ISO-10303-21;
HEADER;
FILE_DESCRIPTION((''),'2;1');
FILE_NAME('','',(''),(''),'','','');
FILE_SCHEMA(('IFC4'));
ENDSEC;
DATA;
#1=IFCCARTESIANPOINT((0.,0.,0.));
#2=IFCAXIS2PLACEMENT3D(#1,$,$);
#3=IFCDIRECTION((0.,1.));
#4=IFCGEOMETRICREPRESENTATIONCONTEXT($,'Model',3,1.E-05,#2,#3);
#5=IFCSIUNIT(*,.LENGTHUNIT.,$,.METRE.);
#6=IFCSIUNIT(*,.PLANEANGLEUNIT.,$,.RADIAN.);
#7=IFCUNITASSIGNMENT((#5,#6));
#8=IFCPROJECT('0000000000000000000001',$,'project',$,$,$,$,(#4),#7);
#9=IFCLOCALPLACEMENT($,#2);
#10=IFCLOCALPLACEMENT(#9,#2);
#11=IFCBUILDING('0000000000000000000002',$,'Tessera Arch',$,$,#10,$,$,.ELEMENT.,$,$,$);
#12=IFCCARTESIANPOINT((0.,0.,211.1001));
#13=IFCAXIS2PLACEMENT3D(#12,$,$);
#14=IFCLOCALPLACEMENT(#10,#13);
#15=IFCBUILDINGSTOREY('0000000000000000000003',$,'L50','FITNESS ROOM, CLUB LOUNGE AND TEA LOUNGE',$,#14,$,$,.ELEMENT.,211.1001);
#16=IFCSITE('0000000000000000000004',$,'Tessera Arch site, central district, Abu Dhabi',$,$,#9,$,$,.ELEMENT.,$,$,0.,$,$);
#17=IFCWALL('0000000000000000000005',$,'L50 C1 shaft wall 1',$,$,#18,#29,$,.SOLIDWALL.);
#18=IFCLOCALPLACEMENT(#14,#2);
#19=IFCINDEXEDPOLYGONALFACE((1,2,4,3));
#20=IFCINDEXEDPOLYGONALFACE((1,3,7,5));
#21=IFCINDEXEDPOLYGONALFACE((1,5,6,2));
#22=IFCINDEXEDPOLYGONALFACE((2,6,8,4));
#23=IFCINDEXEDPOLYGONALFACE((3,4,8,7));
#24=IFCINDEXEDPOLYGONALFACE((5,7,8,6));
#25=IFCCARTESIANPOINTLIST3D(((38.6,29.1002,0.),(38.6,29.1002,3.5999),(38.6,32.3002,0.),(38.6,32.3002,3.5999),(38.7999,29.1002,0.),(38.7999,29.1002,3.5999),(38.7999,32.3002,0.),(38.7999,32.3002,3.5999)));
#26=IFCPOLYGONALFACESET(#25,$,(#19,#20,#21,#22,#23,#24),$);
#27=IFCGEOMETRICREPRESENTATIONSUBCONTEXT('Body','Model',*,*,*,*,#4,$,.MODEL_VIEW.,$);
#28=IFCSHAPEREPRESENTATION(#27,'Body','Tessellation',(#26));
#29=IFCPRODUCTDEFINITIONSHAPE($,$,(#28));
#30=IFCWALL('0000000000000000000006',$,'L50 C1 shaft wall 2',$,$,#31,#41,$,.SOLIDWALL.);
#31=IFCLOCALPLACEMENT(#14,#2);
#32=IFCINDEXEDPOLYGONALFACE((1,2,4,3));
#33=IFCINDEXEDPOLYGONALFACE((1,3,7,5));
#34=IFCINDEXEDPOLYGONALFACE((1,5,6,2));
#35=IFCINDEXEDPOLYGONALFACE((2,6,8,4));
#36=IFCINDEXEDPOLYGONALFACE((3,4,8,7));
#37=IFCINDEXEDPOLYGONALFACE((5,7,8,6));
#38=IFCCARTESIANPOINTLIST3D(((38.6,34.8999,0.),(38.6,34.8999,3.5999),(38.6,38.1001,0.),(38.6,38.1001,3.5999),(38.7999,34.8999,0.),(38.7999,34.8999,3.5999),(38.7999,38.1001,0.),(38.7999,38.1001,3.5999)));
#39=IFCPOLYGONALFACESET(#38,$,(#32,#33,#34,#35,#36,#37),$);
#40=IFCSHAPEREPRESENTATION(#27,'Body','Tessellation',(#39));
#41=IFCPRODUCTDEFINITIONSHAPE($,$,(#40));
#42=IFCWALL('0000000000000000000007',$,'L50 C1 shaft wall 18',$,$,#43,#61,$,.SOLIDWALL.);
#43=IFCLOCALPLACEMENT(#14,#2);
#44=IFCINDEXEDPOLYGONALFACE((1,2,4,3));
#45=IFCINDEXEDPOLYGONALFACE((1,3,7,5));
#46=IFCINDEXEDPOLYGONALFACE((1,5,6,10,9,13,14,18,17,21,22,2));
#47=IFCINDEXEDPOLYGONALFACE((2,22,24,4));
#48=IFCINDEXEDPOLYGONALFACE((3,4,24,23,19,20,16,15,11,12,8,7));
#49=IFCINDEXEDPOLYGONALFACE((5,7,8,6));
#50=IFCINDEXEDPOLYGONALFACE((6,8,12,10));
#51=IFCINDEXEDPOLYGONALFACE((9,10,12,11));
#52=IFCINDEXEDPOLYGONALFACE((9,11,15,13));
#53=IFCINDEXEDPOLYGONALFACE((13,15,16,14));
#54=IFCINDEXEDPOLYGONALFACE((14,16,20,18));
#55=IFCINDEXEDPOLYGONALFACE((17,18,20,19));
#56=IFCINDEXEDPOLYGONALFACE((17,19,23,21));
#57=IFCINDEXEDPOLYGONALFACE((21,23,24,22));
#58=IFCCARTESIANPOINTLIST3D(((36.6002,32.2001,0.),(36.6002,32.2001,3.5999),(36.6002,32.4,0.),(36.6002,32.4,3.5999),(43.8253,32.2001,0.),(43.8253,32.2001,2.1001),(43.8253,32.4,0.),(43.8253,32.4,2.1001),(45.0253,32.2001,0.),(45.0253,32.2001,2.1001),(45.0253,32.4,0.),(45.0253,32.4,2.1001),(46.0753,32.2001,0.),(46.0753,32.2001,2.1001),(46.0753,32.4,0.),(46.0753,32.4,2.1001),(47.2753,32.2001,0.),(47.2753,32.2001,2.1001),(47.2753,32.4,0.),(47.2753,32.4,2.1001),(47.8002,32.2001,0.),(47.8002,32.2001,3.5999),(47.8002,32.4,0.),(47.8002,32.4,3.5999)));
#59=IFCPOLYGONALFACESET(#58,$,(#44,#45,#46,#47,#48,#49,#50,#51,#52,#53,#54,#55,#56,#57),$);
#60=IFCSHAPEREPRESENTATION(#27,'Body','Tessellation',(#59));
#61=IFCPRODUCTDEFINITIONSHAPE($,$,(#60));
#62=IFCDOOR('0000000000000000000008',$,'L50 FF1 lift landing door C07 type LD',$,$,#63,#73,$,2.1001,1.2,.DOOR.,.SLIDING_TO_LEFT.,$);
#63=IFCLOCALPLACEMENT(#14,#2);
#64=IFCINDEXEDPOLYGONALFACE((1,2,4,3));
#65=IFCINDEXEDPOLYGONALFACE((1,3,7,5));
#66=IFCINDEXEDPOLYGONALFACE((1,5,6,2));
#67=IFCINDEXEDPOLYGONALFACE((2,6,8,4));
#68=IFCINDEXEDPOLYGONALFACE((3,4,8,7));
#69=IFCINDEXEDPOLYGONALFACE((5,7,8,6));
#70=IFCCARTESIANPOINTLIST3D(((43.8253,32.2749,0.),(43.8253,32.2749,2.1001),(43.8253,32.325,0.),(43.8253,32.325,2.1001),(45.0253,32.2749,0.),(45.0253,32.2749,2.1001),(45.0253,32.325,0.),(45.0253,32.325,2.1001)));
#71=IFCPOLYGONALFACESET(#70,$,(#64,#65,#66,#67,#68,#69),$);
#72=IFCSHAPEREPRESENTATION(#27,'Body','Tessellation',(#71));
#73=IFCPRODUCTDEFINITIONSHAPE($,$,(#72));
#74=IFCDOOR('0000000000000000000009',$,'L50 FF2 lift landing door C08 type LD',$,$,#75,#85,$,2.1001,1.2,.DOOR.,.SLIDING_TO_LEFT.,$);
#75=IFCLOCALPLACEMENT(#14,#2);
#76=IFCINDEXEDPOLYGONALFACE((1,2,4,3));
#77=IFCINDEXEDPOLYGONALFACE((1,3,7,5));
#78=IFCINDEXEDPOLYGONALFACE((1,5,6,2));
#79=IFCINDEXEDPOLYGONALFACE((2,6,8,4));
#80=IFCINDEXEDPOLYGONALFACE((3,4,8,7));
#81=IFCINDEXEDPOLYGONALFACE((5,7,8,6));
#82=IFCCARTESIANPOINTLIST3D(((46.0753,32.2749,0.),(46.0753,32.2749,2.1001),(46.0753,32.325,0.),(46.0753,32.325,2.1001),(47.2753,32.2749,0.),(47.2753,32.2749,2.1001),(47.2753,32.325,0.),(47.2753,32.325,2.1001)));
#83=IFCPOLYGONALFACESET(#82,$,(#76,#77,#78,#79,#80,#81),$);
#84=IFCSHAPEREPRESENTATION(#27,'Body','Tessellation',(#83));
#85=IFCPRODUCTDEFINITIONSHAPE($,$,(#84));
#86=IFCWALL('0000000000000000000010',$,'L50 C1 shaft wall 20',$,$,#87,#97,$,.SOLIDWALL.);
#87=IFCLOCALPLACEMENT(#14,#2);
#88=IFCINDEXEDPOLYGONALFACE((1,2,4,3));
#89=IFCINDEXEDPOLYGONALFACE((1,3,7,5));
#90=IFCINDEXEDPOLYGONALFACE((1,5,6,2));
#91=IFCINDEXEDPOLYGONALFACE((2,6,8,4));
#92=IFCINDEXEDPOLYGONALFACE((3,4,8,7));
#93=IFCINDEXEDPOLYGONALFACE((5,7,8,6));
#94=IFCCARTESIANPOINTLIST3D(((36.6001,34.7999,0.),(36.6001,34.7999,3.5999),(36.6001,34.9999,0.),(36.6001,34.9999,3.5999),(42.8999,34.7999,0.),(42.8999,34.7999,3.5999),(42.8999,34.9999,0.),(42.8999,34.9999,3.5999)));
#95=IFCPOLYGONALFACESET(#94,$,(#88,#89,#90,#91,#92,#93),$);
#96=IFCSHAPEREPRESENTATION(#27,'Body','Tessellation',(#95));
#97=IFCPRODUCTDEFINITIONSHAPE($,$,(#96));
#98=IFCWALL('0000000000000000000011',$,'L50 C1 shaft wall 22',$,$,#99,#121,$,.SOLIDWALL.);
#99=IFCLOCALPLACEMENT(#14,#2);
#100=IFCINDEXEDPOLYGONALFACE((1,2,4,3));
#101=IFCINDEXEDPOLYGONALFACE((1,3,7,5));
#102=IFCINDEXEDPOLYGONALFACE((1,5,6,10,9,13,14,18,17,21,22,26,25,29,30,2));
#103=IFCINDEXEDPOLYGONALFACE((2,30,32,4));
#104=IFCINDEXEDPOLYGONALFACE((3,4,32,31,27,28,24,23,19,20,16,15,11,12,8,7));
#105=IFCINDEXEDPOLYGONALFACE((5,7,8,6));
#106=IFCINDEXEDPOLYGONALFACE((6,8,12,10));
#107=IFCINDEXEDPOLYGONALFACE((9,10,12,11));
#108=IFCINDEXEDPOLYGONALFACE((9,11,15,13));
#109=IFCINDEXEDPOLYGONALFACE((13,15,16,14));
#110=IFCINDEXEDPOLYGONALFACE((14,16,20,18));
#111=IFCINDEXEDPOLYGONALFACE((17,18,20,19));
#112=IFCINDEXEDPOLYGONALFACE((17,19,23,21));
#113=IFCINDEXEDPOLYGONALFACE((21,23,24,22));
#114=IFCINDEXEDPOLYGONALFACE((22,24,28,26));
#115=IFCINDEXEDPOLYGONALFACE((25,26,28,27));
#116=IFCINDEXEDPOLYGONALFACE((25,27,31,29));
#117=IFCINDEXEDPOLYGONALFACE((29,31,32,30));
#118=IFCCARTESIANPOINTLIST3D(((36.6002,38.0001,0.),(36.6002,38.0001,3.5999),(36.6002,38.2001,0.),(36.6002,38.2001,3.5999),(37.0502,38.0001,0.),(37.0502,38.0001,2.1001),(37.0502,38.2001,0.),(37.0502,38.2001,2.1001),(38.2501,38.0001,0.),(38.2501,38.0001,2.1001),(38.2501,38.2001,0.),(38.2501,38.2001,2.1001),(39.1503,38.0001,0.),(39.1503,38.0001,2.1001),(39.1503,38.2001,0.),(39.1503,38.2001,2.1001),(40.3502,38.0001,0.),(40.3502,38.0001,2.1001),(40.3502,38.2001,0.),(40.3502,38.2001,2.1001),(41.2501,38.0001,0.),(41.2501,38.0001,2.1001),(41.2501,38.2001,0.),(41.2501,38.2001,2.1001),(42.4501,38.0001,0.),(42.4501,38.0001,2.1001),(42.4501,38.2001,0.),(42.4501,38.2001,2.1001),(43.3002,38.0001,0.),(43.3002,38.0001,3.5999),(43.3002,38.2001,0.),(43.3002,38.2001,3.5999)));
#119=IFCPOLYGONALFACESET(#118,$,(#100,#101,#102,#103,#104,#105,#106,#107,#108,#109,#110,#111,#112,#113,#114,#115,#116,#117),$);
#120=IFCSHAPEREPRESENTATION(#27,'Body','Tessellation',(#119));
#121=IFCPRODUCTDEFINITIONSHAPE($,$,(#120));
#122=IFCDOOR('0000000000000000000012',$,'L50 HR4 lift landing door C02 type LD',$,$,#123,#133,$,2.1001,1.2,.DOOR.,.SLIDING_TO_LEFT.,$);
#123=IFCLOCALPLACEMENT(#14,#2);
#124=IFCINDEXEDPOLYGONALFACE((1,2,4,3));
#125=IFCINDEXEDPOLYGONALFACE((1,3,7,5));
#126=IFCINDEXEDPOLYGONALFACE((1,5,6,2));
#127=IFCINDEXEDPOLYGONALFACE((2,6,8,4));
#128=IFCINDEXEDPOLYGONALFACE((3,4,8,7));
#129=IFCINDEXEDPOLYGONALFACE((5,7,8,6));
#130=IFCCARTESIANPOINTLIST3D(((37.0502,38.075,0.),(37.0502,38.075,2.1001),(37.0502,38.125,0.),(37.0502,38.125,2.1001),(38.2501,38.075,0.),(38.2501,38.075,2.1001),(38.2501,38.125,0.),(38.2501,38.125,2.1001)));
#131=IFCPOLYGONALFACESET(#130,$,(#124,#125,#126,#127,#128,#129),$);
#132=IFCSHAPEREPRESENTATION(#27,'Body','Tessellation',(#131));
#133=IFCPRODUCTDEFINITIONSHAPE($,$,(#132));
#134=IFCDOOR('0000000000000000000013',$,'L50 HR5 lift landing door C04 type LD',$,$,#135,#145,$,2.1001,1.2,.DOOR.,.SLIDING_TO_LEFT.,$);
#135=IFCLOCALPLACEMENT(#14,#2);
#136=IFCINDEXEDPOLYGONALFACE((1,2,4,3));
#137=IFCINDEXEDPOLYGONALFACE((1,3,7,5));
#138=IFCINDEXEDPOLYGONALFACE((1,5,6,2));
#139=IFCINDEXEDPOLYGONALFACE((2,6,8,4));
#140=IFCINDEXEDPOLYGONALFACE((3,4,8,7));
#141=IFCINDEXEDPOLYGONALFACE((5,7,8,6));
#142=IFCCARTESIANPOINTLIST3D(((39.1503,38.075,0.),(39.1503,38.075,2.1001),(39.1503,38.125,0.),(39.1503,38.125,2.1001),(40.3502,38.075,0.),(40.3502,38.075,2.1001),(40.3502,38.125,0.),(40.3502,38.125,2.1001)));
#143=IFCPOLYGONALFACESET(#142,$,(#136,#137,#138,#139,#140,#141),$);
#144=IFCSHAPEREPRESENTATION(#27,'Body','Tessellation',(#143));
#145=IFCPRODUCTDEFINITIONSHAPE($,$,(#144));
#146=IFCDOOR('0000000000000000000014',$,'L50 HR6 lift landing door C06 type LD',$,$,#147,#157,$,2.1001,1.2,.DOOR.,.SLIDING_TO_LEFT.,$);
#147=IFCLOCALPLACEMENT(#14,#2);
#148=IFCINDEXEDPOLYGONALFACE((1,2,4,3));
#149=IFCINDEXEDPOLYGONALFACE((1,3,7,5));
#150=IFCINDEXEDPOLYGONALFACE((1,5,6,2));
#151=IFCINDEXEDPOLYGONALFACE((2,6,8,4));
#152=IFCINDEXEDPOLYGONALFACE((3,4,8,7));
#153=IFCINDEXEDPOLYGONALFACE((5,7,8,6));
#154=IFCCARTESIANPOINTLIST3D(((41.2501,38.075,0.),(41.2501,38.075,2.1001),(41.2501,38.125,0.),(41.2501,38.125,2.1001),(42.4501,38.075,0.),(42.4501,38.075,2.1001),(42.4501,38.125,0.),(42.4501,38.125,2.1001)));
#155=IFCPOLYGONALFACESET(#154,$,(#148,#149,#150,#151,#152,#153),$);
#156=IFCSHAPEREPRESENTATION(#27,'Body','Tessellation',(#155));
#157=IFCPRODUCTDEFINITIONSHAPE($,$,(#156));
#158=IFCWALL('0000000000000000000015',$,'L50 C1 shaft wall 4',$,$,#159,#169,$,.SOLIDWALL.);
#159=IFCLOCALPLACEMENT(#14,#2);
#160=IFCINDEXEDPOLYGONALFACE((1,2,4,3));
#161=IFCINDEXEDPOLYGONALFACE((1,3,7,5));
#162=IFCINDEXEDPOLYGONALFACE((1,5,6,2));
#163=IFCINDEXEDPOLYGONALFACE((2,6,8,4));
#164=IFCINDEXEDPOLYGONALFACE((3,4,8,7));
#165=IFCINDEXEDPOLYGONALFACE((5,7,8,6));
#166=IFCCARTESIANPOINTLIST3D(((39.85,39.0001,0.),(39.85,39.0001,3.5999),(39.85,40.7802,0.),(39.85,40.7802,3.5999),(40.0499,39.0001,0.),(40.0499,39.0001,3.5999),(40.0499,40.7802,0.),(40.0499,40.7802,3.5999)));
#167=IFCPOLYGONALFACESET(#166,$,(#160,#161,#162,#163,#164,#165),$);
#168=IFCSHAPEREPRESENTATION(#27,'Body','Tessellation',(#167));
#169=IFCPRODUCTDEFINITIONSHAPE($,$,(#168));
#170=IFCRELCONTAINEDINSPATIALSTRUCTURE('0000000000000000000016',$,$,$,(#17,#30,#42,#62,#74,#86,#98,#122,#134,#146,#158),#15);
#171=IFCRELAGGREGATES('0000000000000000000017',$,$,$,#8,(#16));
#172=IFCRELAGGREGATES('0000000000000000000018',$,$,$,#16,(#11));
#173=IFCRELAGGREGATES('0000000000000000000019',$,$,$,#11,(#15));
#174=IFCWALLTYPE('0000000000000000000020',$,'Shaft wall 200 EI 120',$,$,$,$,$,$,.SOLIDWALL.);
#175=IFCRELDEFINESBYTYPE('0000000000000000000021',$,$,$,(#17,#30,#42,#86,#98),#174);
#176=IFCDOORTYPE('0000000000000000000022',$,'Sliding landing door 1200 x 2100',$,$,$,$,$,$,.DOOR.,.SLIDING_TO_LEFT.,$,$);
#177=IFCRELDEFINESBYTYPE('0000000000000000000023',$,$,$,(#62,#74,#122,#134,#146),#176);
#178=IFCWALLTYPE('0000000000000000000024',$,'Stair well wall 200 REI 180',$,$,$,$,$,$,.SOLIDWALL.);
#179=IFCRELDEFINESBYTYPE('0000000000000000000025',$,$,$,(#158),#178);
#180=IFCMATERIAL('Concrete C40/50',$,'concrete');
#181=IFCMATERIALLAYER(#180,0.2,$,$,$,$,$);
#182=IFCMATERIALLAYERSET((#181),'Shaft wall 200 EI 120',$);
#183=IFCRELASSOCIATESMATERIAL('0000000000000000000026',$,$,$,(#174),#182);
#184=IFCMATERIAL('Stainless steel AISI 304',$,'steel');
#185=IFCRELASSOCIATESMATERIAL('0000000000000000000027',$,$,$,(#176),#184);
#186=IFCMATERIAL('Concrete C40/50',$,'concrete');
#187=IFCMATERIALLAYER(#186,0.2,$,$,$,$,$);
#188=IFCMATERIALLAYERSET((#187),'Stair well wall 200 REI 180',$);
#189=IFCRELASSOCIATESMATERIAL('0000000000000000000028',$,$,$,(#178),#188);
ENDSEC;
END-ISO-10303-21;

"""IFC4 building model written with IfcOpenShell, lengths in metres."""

from ifc_helpers import new_model, si_unit, direction, frame, frame_2d, origin, place, context, subcontext, project, spatial, rectangle, extrude, material, layer, layer_set, type_object, element, fill, save


model = new_model("IFC4")

# Units and contexts
model_context = context("Model", 3, precision=1e-05, world=origin(), true_north=direction((0.0, 1.0)))
body_context = subcontext(model_context, "Body", "Model", "MODEL_VIEW")
ifc_project = project(units=[si_unit("LENGTHUNIT", "METRE"), si_unit("PLANEANGLEUNIT", "RADIAN")], contexts=[model_context])

# Site, building, storey
site_placement = place(None, origin())
site = spatial("IfcSite", under=ifc_project, at=site_placement, Name="Tessera Arch site, central district, Abu Dhabi", CompositionType="ELEMENT", RefElevation=0.0)
building_placement = place(site_placement, origin())
building = spatial("IfcBuilding", under=site, at=building_placement, Name="Tessera Arch", CompositionType="ELEMENT")
storey_placement = place(building_placement, frame((0.0, 0.0, 211.1001)))
storey = spatial("IfcBuildingStorey", under=building, at=storey_placement, Name="L50", Description="FITNESS ROOM, CLUB LOUNGE AND TEA LOUNGE", CompositionType="ELEMENT", Elevation=211.1001)

# Walls
ifc_material_1 = material(Name="Concrete C40/50", Category="concrete")
ifc_layer_1 = layer(ifc_material_1, 0.2)
ifc_layer_set_1 = layer_set([ifc_layer_1], Name="Shaft wall 200 EI 120")
wall_type_1 = type_object("IfcWallType", Name="Shaft wall 200 EI 120", PredefinedType="SOLIDWALL", material=ifc_layer_set_1)
wall_1_placement = place(storey_placement, frame((38.7, 29.1001, 0.0), z_axis=(0.0, 0.0, 1.0), x_axis=(0.0, 1.0, 0.0)))
element("IfcWall", 1, at=wall_1_placement, inside=storey, type_object=wall_type_1, Name="L50 C1 shaft wall 1", PredefinedType="SOLIDWALL", context=body_context, shape_type="SweptSolid", body=[
    extrude(rectangle(XDim=3.2, YDim=0.2, at=frame_2d((1.6001, 0.0))), origin(), (0.0, 0.0, 1.0), 3.5999),
])
wall_2_placement = place(storey_placement, frame((38.7, 34.8999, 0.0), z_axis=(0.0, 0.0, 1.0), x_axis=(0.0, 1.0, 0.0)))
element("IfcWall", 2, at=wall_2_placement, inside=storey, type_object=wall_type_1, Name="L50 C1 shaft wall 2", PredefinedType="SOLIDWALL", context=body_context, shape_type="SweptSolid", body=[
    extrude(rectangle(XDim=3.2002, YDim=0.2, at=frame_2d((1.6001, 0.0))), origin(), (0.0, 0.0, 1.0), 3.5999),
])

# Wall, openings, doors
wall_3_placement = place(storey_placement, frame((36.6001, 32.3, 0.0), z_axis=(0.0, 0.0, 1.0), x_axis=(1.0, 0.0, 0.0)))
wall_3 = element("IfcWall", 3, at=wall_3_placement, inside=storey, type_object=wall_type_1, Name="L50 C1 shaft wall 18", PredefinedType="SOLIDWALL", context=body_context, shape_type="SweptSolid", body=[
    extrude(rectangle(XDim=11.2, YDim=0.2, at=frame_2d((5.6001, 0.0))), origin(), (0.0, 0.0, 1.0), 3.5999),
])
opening_1_placement = place(wall_3_placement, frame((7.2251, 0.0, 0.0)))
opening_1 = element("IfcOpeningElement", 4, at=opening_1_placement, cuts=wall_3, PredefinedType="OPENING", context=body_context, shape_type="SweptSolid", body=[
    extrude(rectangle(XDim=1.2, YDim=2.1001, at=frame_2d((0.6001, 1.05))), frame((0.0, 0.1099, 0.0), z_axis=(0.0, -1.0, 0.0), x_axis=(1.0, 0.0, 0.0)), (0.0, 0.0, 1.0), 0.22),
])
opening_2_placement = place(wall_3_placement, frame((9.4751, 0.0, 0.0)))
opening_2 = element("IfcOpeningElement", 5, at=opening_2_placement, cuts=wall_3, PredefinedType="OPENING", context=body_context, shape_type="SweptSolid", body=[
    extrude(rectangle(XDim=1.2, YDim=2.1001, at=frame_2d((0.6001, 1.05))), frame((0.0, 0.1099, 0.0), z_axis=(0.0, -1.0, 0.0), x_axis=(1.0, 0.0, 0.0)), (0.0, 0.0, 1.0), 0.22),
])
ifc_material_2 = material(Name="Stainless steel AISI 304", Category="steel")
door_type = type_object("IfcDoorType", Name="Sliding landing door 1200 x 2100", OperationType="SLIDING_TO_LEFT", PredefinedType="DOOR", material=ifc_material_2)
door_1_placement = place(opening_1_placement, origin())
door_1 = element("IfcDoor", 6, at=door_1_placement, inside=storey, type_object=door_type, Name="L50 FF1 lift landing door C07 type LD", OperationType="SLIDING_TO_LEFT", OverallHeight=2.1001, OverallWidth=1.2, PredefinedType="DOOR", context=body_context, shape_type="SweptSolid", body=[
    extrude(rectangle(XDim=1.2, YDim=2.1001, at=frame_2d((0.6001, 1.05))), frame((0.0, 0.0249, 0.0), z_axis=(0.0, -1.0, 0.0), x_axis=(1.0, 0.0, 0.0)), (0.0, 0.0, 1.0), 0.05),
])
fill(opening_1, door_1)
door_2_placement = place(opening_2_placement, origin())
door_2 = element("IfcDoor", 7, at=door_2_placement, inside=storey, type_object=door_type, Name="L50 FF2 lift landing door C08 type LD", OperationType="SLIDING_TO_LEFT", OverallHeight=2.1001, OverallWidth=1.2, PredefinedType="DOOR", context=body_context, shape_type="SweptSolid", body=[
    extrude(rectangle(XDim=1.2, YDim=2.1001, at=frame_2d((0.6001, 1.05))), frame((0.0, 0.0249, 0.0), z_axis=(0.0, -1.0, 0.0), x_axis=(1.0, 0.0, 0.0)), (0.0, 0.0, 1.0), 0.05),
])
fill(opening_2, door_2)

# Wall
wall_4_placement = place(storey_placement, frame((36.6001, 34.8999, 0.0), z_axis=(0.0, 0.0, 1.0), x_axis=(1.0, 0.0, 0.0)))
element("IfcWall", 8, at=wall_4_placement, inside=storey, type_object=wall_type_1, Name="L50 C1 shaft wall 20", PredefinedType="SOLIDWALL", context=body_context, shape_type="SweptSolid", body=[
    extrude(rectangle(XDim=6.2998, YDim=0.2, at=frame_2d((3.1499, 0.0))), origin(), (0.0, 0.0, 1.0), 3.5999),
])

# Wall, openings, doors
wall_5_placement = place(storey_placement, frame((36.6001, 38.1001, 0.0), z_axis=(0.0, 0.0, 1.0), x_axis=(1.0, 0.0, 0.0)))
wall_5 = element("IfcWall", 9, at=wall_5_placement, inside=storey, type_object=wall_type_1, Name="L50 C1 shaft wall 22", PredefinedType="SOLIDWALL", context=body_context, shape_type="SweptSolid", body=[
    extrude(rectangle(XDim=6.7, YDim=0.2, at=frame_2d((3.3501, 0.0))), origin(), (0.0, 0.0, 1.0), 3.5999),
])
opening_3_placement = place(wall_5_placement, frame((0.45, 0.0, 0.0)))
opening_3 = element("IfcOpeningElement", 10, at=opening_3_placement, cuts=wall_5, PredefinedType="OPENING", context=body_context, shape_type="SweptSolid", body=[
    extrude(rectangle(XDim=1.2, YDim=2.1001, at=frame_2d((0.6001, 1.05))), frame((0.0, 0.1099, 0.0), z_axis=(0.0, -1.0, 0.0), x_axis=(1.0, 0.0, 0.0)), (0.0, 0.0, 1.0), 0.22),
])
opening_4_placement = place(wall_5_placement, frame((2.55, 0.0, 0.0)))
opening_4 = element("IfcOpeningElement", 11, at=opening_4_placement, cuts=wall_5, PredefinedType="OPENING", context=body_context, shape_type="SweptSolid", body=[
    extrude(rectangle(XDim=1.2, YDim=2.1001, at=frame_2d((0.6001, 1.05))), frame((0.0, 0.1099, 0.0), z_axis=(0.0, -1.0, 0.0), x_axis=(1.0, 0.0, 0.0)), (0.0, 0.0, 1.0), 0.22),
])
opening_5_placement = place(wall_5_placement, frame((4.6499, 0.0, 0.0)))
opening_5 = element("IfcOpeningElement", 12, at=opening_5_placement, cuts=wall_5, PredefinedType="OPENING", context=body_context, shape_type="SweptSolid", body=[
    extrude(rectangle(XDim=1.2, YDim=2.1001, at=frame_2d((0.6001, 1.05))), frame((0.0, 0.1099, 0.0), z_axis=(0.0, -1.0, 0.0), x_axis=(1.0, 0.0, 0.0)), (0.0, 0.0, 1.0), 0.22),
])
door_3_placement = place(opening_3_placement, origin())
door_3 = element("IfcDoor", 13, at=door_3_placement, inside=storey, type_object=door_type, Name="L50 HR4 lift landing door C02 type LD", OperationType="SLIDING_TO_LEFT", OverallHeight=2.1001, OverallWidth=1.2, PredefinedType="DOOR", context=body_context, shape_type="SweptSolid", body=[
    extrude(rectangle(XDim=1.2, YDim=2.1001, at=frame_2d((0.6001, 1.05))), frame((0.0, 0.0249, 0.0), z_axis=(0.0, -1.0, 0.0), x_axis=(1.0, 0.0, 0.0)), (0.0, 0.0, 1.0), 0.05),
])
fill(opening_3, door_3)
door_4_placement = place(opening_4_placement, origin())
door_4 = element("IfcDoor", 14, at=door_4_placement, inside=storey, type_object=door_type, Name="L50 HR5 lift landing door C04 type LD", OperationType="SLIDING_TO_LEFT", OverallHeight=2.1001, OverallWidth=1.2, PredefinedType="DOOR", context=body_context, shape_type="SweptSolid", body=[
    extrude(rectangle(XDim=1.2, YDim=2.1001, at=frame_2d((0.6001, 1.05))), frame((0.0, 0.0249, 0.0), z_axis=(0.0, -1.0, 0.0), x_axis=(1.0, 0.0, 0.0)), (0.0, 0.0, 1.0), 0.05),
])
fill(opening_4, door_4)
door_5_placement = place(opening_5_placement, origin())
door_5 = element("IfcDoor", 15, at=door_5_placement, inside=storey, type_object=door_type, Name="L50 HR6 lift landing door C06 type LD", OperationType="SLIDING_TO_LEFT", OverallHeight=2.1001, OverallWidth=1.2, PredefinedType="DOOR", context=body_context, shape_type="SweptSolid", body=[
    extrude(rectangle(XDim=1.2, YDim=2.1001, at=frame_2d((0.6001, 1.05))), frame((0.0, 0.0249, 0.0), z_axis=(0.0, -1.0, 0.0), x_axis=(1.0, 0.0, 0.0)), (0.0, 0.0, 1.0), 0.05),
])
fill(opening_5, door_5)

# Wall
ifc_material_3 = material(Name="Concrete C40/50", Category="concrete")
ifc_layer_2 = layer(ifc_material_3, 0.2)
ifc_layer_set_2 = layer_set([ifc_layer_2], Name="Stair well wall 200 REI 180")
wall_type_2 = type_object("IfcWallType", Name="Stair well wall 200 REI 180", PredefinedType="SOLIDWALL", material=ifc_layer_set_2)
wall_6_placement = place(storey_placement, frame((39.95, 39.0, 0.0), z_axis=(0.0, 0.0, 1.0), x_axis=(0.0, 1.0, 0.0)))
element("IfcWall", 16, at=wall_6_placement, inside=storey, type_object=wall_type_2, Name="L50 C1 shaft wall 4", PredefinedType="SOLIDWALL", context=body_context, shape_type="SweptSolid", body=[
    extrude(rectangle(XDim=1.78, YDim=0.2, at=frame_2d((0.8901, 0.0))), origin(), (0.0, 0.0, 1.0), 3.5999),
])

save(model, "model.ifc")
